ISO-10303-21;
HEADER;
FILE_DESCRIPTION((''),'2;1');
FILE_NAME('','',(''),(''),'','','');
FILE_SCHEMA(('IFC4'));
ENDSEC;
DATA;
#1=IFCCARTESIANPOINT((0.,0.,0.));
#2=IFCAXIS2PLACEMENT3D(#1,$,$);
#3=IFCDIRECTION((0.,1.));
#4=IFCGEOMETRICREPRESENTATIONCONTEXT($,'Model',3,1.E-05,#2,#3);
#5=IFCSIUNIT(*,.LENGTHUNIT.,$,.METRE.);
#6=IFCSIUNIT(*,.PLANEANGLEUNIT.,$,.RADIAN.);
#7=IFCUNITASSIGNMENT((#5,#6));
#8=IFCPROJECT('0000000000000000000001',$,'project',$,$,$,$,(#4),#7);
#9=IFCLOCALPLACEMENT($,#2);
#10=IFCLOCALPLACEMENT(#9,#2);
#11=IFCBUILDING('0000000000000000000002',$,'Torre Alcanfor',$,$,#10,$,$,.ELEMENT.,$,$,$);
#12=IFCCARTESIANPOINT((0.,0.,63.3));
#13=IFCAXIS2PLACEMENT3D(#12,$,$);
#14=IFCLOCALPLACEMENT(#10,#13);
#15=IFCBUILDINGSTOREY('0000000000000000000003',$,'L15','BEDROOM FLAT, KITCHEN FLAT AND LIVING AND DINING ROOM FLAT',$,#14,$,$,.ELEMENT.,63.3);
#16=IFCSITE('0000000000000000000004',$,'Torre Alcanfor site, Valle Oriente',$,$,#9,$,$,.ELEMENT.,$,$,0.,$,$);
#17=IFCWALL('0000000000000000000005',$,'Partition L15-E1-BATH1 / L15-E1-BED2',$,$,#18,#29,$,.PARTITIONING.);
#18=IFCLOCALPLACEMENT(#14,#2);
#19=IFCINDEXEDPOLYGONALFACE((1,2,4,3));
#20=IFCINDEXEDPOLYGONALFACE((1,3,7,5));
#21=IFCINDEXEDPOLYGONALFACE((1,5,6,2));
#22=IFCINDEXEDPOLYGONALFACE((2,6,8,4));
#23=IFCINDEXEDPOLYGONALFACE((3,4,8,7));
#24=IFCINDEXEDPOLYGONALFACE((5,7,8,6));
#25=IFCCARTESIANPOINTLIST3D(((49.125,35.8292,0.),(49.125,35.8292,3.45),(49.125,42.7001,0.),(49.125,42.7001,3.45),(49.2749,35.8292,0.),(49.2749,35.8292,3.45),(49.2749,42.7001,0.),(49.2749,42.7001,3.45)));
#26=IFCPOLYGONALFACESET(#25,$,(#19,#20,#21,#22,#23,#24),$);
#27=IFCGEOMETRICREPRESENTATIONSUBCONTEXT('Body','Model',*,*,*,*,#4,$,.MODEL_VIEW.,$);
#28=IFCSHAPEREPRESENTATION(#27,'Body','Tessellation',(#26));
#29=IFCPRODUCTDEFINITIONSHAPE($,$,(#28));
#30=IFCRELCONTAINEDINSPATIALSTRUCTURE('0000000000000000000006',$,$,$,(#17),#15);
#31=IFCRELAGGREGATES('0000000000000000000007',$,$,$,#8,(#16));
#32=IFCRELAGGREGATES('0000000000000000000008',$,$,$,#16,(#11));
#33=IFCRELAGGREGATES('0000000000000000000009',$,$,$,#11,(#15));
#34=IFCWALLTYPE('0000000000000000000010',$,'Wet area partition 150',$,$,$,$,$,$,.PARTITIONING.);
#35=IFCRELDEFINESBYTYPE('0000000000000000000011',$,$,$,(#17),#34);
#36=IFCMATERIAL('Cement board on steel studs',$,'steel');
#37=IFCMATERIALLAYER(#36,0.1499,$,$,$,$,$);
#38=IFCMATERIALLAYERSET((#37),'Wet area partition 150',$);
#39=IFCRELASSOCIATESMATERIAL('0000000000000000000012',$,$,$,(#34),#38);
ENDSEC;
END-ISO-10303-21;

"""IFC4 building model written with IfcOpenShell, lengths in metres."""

from ifc_helpers import new_model, si_unit, direction, frame, frame_2d, origin, place, context, subcontext, project, spatial, rectangle, extrude, material, layer, layer_set, type_object, element, save


model = new_model("IFC4")

# Units and contexts
model_context = context("Model", 3, precision=1e-05, world=origin(), true_north=direction((0.0, 1.0)))
body_context = subcontext(model_context, "Body", "Model", "MODEL_VIEW")
ifc_project = project(units=[si_unit("LENGTHUNIT", "METRE"), si_unit("PLANEANGLEUNIT", "RADIAN")], contexts=[model_context])

# Site, building, storey
site_placement = place(None, origin())
site = spatial("IfcSite", under=ifc_project, at=site_placement, Name="Torre Alcanfor site, Valle Oriente", CompositionType="ELEMENT", RefElevation=0.0)
building_placement = place(site_placement, origin())
building = spatial("IfcBuilding", under=site, at=building_placement, Name="Torre Alcanfor", CompositionType="ELEMENT")
storey_placement = place(building_placement, frame((0.0, 0.0, 63.3)))
storey = spatial("IfcBuildingStorey", under=building, at=storey_placement, Name="L15", Description="BEDROOM FLAT, KITCHEN FLAT AND LIVING AND DINING ROOM FLAT", CompositionType="ELEMENT", Elevation=63.3)

# Shared definitions
ifc_material_1 = material(Name="Cement board on steel studs", Category="steel")
ifc_layer_1 = layer(ifc_material_1, 0.1499)
ifc_layer_set_1 = layer_set([ifc_layer_1], Name="Wet area partition 150")
wall_type_1 = type_object("IfcWallType", Name="Wet area partition 150", PredefinedType="PARTITIONING", material=ifc_layer_set_1)

# Wall
for number, where, z_axis, x_axis, name in (
    (1, (49.2, 35.8291, 0.0), (0.0, 0.0, 1.0), (0.0, 1.0, 0.0), "Partition L15-E1-BATH1 / L15-E1-BED2"),
):
    element("IfcWall", number, at=place(storey_placement, frame(where, z_axis=z_axis, x_axis=x_axis)), inside=storey, type_object=wall_type_1, Name=name, PredefinedType="PARTITIONING", context=body_context, shape_type="SweptSolid", body=[
        extrude(rectangle(XDim=6.8708, YDim=0.1499, at=frame_2d((3.4355, 0.0))), origin(), (0.0, 0.0, 1.0), 3.45),
    ])

save(model, "model.ifc")
